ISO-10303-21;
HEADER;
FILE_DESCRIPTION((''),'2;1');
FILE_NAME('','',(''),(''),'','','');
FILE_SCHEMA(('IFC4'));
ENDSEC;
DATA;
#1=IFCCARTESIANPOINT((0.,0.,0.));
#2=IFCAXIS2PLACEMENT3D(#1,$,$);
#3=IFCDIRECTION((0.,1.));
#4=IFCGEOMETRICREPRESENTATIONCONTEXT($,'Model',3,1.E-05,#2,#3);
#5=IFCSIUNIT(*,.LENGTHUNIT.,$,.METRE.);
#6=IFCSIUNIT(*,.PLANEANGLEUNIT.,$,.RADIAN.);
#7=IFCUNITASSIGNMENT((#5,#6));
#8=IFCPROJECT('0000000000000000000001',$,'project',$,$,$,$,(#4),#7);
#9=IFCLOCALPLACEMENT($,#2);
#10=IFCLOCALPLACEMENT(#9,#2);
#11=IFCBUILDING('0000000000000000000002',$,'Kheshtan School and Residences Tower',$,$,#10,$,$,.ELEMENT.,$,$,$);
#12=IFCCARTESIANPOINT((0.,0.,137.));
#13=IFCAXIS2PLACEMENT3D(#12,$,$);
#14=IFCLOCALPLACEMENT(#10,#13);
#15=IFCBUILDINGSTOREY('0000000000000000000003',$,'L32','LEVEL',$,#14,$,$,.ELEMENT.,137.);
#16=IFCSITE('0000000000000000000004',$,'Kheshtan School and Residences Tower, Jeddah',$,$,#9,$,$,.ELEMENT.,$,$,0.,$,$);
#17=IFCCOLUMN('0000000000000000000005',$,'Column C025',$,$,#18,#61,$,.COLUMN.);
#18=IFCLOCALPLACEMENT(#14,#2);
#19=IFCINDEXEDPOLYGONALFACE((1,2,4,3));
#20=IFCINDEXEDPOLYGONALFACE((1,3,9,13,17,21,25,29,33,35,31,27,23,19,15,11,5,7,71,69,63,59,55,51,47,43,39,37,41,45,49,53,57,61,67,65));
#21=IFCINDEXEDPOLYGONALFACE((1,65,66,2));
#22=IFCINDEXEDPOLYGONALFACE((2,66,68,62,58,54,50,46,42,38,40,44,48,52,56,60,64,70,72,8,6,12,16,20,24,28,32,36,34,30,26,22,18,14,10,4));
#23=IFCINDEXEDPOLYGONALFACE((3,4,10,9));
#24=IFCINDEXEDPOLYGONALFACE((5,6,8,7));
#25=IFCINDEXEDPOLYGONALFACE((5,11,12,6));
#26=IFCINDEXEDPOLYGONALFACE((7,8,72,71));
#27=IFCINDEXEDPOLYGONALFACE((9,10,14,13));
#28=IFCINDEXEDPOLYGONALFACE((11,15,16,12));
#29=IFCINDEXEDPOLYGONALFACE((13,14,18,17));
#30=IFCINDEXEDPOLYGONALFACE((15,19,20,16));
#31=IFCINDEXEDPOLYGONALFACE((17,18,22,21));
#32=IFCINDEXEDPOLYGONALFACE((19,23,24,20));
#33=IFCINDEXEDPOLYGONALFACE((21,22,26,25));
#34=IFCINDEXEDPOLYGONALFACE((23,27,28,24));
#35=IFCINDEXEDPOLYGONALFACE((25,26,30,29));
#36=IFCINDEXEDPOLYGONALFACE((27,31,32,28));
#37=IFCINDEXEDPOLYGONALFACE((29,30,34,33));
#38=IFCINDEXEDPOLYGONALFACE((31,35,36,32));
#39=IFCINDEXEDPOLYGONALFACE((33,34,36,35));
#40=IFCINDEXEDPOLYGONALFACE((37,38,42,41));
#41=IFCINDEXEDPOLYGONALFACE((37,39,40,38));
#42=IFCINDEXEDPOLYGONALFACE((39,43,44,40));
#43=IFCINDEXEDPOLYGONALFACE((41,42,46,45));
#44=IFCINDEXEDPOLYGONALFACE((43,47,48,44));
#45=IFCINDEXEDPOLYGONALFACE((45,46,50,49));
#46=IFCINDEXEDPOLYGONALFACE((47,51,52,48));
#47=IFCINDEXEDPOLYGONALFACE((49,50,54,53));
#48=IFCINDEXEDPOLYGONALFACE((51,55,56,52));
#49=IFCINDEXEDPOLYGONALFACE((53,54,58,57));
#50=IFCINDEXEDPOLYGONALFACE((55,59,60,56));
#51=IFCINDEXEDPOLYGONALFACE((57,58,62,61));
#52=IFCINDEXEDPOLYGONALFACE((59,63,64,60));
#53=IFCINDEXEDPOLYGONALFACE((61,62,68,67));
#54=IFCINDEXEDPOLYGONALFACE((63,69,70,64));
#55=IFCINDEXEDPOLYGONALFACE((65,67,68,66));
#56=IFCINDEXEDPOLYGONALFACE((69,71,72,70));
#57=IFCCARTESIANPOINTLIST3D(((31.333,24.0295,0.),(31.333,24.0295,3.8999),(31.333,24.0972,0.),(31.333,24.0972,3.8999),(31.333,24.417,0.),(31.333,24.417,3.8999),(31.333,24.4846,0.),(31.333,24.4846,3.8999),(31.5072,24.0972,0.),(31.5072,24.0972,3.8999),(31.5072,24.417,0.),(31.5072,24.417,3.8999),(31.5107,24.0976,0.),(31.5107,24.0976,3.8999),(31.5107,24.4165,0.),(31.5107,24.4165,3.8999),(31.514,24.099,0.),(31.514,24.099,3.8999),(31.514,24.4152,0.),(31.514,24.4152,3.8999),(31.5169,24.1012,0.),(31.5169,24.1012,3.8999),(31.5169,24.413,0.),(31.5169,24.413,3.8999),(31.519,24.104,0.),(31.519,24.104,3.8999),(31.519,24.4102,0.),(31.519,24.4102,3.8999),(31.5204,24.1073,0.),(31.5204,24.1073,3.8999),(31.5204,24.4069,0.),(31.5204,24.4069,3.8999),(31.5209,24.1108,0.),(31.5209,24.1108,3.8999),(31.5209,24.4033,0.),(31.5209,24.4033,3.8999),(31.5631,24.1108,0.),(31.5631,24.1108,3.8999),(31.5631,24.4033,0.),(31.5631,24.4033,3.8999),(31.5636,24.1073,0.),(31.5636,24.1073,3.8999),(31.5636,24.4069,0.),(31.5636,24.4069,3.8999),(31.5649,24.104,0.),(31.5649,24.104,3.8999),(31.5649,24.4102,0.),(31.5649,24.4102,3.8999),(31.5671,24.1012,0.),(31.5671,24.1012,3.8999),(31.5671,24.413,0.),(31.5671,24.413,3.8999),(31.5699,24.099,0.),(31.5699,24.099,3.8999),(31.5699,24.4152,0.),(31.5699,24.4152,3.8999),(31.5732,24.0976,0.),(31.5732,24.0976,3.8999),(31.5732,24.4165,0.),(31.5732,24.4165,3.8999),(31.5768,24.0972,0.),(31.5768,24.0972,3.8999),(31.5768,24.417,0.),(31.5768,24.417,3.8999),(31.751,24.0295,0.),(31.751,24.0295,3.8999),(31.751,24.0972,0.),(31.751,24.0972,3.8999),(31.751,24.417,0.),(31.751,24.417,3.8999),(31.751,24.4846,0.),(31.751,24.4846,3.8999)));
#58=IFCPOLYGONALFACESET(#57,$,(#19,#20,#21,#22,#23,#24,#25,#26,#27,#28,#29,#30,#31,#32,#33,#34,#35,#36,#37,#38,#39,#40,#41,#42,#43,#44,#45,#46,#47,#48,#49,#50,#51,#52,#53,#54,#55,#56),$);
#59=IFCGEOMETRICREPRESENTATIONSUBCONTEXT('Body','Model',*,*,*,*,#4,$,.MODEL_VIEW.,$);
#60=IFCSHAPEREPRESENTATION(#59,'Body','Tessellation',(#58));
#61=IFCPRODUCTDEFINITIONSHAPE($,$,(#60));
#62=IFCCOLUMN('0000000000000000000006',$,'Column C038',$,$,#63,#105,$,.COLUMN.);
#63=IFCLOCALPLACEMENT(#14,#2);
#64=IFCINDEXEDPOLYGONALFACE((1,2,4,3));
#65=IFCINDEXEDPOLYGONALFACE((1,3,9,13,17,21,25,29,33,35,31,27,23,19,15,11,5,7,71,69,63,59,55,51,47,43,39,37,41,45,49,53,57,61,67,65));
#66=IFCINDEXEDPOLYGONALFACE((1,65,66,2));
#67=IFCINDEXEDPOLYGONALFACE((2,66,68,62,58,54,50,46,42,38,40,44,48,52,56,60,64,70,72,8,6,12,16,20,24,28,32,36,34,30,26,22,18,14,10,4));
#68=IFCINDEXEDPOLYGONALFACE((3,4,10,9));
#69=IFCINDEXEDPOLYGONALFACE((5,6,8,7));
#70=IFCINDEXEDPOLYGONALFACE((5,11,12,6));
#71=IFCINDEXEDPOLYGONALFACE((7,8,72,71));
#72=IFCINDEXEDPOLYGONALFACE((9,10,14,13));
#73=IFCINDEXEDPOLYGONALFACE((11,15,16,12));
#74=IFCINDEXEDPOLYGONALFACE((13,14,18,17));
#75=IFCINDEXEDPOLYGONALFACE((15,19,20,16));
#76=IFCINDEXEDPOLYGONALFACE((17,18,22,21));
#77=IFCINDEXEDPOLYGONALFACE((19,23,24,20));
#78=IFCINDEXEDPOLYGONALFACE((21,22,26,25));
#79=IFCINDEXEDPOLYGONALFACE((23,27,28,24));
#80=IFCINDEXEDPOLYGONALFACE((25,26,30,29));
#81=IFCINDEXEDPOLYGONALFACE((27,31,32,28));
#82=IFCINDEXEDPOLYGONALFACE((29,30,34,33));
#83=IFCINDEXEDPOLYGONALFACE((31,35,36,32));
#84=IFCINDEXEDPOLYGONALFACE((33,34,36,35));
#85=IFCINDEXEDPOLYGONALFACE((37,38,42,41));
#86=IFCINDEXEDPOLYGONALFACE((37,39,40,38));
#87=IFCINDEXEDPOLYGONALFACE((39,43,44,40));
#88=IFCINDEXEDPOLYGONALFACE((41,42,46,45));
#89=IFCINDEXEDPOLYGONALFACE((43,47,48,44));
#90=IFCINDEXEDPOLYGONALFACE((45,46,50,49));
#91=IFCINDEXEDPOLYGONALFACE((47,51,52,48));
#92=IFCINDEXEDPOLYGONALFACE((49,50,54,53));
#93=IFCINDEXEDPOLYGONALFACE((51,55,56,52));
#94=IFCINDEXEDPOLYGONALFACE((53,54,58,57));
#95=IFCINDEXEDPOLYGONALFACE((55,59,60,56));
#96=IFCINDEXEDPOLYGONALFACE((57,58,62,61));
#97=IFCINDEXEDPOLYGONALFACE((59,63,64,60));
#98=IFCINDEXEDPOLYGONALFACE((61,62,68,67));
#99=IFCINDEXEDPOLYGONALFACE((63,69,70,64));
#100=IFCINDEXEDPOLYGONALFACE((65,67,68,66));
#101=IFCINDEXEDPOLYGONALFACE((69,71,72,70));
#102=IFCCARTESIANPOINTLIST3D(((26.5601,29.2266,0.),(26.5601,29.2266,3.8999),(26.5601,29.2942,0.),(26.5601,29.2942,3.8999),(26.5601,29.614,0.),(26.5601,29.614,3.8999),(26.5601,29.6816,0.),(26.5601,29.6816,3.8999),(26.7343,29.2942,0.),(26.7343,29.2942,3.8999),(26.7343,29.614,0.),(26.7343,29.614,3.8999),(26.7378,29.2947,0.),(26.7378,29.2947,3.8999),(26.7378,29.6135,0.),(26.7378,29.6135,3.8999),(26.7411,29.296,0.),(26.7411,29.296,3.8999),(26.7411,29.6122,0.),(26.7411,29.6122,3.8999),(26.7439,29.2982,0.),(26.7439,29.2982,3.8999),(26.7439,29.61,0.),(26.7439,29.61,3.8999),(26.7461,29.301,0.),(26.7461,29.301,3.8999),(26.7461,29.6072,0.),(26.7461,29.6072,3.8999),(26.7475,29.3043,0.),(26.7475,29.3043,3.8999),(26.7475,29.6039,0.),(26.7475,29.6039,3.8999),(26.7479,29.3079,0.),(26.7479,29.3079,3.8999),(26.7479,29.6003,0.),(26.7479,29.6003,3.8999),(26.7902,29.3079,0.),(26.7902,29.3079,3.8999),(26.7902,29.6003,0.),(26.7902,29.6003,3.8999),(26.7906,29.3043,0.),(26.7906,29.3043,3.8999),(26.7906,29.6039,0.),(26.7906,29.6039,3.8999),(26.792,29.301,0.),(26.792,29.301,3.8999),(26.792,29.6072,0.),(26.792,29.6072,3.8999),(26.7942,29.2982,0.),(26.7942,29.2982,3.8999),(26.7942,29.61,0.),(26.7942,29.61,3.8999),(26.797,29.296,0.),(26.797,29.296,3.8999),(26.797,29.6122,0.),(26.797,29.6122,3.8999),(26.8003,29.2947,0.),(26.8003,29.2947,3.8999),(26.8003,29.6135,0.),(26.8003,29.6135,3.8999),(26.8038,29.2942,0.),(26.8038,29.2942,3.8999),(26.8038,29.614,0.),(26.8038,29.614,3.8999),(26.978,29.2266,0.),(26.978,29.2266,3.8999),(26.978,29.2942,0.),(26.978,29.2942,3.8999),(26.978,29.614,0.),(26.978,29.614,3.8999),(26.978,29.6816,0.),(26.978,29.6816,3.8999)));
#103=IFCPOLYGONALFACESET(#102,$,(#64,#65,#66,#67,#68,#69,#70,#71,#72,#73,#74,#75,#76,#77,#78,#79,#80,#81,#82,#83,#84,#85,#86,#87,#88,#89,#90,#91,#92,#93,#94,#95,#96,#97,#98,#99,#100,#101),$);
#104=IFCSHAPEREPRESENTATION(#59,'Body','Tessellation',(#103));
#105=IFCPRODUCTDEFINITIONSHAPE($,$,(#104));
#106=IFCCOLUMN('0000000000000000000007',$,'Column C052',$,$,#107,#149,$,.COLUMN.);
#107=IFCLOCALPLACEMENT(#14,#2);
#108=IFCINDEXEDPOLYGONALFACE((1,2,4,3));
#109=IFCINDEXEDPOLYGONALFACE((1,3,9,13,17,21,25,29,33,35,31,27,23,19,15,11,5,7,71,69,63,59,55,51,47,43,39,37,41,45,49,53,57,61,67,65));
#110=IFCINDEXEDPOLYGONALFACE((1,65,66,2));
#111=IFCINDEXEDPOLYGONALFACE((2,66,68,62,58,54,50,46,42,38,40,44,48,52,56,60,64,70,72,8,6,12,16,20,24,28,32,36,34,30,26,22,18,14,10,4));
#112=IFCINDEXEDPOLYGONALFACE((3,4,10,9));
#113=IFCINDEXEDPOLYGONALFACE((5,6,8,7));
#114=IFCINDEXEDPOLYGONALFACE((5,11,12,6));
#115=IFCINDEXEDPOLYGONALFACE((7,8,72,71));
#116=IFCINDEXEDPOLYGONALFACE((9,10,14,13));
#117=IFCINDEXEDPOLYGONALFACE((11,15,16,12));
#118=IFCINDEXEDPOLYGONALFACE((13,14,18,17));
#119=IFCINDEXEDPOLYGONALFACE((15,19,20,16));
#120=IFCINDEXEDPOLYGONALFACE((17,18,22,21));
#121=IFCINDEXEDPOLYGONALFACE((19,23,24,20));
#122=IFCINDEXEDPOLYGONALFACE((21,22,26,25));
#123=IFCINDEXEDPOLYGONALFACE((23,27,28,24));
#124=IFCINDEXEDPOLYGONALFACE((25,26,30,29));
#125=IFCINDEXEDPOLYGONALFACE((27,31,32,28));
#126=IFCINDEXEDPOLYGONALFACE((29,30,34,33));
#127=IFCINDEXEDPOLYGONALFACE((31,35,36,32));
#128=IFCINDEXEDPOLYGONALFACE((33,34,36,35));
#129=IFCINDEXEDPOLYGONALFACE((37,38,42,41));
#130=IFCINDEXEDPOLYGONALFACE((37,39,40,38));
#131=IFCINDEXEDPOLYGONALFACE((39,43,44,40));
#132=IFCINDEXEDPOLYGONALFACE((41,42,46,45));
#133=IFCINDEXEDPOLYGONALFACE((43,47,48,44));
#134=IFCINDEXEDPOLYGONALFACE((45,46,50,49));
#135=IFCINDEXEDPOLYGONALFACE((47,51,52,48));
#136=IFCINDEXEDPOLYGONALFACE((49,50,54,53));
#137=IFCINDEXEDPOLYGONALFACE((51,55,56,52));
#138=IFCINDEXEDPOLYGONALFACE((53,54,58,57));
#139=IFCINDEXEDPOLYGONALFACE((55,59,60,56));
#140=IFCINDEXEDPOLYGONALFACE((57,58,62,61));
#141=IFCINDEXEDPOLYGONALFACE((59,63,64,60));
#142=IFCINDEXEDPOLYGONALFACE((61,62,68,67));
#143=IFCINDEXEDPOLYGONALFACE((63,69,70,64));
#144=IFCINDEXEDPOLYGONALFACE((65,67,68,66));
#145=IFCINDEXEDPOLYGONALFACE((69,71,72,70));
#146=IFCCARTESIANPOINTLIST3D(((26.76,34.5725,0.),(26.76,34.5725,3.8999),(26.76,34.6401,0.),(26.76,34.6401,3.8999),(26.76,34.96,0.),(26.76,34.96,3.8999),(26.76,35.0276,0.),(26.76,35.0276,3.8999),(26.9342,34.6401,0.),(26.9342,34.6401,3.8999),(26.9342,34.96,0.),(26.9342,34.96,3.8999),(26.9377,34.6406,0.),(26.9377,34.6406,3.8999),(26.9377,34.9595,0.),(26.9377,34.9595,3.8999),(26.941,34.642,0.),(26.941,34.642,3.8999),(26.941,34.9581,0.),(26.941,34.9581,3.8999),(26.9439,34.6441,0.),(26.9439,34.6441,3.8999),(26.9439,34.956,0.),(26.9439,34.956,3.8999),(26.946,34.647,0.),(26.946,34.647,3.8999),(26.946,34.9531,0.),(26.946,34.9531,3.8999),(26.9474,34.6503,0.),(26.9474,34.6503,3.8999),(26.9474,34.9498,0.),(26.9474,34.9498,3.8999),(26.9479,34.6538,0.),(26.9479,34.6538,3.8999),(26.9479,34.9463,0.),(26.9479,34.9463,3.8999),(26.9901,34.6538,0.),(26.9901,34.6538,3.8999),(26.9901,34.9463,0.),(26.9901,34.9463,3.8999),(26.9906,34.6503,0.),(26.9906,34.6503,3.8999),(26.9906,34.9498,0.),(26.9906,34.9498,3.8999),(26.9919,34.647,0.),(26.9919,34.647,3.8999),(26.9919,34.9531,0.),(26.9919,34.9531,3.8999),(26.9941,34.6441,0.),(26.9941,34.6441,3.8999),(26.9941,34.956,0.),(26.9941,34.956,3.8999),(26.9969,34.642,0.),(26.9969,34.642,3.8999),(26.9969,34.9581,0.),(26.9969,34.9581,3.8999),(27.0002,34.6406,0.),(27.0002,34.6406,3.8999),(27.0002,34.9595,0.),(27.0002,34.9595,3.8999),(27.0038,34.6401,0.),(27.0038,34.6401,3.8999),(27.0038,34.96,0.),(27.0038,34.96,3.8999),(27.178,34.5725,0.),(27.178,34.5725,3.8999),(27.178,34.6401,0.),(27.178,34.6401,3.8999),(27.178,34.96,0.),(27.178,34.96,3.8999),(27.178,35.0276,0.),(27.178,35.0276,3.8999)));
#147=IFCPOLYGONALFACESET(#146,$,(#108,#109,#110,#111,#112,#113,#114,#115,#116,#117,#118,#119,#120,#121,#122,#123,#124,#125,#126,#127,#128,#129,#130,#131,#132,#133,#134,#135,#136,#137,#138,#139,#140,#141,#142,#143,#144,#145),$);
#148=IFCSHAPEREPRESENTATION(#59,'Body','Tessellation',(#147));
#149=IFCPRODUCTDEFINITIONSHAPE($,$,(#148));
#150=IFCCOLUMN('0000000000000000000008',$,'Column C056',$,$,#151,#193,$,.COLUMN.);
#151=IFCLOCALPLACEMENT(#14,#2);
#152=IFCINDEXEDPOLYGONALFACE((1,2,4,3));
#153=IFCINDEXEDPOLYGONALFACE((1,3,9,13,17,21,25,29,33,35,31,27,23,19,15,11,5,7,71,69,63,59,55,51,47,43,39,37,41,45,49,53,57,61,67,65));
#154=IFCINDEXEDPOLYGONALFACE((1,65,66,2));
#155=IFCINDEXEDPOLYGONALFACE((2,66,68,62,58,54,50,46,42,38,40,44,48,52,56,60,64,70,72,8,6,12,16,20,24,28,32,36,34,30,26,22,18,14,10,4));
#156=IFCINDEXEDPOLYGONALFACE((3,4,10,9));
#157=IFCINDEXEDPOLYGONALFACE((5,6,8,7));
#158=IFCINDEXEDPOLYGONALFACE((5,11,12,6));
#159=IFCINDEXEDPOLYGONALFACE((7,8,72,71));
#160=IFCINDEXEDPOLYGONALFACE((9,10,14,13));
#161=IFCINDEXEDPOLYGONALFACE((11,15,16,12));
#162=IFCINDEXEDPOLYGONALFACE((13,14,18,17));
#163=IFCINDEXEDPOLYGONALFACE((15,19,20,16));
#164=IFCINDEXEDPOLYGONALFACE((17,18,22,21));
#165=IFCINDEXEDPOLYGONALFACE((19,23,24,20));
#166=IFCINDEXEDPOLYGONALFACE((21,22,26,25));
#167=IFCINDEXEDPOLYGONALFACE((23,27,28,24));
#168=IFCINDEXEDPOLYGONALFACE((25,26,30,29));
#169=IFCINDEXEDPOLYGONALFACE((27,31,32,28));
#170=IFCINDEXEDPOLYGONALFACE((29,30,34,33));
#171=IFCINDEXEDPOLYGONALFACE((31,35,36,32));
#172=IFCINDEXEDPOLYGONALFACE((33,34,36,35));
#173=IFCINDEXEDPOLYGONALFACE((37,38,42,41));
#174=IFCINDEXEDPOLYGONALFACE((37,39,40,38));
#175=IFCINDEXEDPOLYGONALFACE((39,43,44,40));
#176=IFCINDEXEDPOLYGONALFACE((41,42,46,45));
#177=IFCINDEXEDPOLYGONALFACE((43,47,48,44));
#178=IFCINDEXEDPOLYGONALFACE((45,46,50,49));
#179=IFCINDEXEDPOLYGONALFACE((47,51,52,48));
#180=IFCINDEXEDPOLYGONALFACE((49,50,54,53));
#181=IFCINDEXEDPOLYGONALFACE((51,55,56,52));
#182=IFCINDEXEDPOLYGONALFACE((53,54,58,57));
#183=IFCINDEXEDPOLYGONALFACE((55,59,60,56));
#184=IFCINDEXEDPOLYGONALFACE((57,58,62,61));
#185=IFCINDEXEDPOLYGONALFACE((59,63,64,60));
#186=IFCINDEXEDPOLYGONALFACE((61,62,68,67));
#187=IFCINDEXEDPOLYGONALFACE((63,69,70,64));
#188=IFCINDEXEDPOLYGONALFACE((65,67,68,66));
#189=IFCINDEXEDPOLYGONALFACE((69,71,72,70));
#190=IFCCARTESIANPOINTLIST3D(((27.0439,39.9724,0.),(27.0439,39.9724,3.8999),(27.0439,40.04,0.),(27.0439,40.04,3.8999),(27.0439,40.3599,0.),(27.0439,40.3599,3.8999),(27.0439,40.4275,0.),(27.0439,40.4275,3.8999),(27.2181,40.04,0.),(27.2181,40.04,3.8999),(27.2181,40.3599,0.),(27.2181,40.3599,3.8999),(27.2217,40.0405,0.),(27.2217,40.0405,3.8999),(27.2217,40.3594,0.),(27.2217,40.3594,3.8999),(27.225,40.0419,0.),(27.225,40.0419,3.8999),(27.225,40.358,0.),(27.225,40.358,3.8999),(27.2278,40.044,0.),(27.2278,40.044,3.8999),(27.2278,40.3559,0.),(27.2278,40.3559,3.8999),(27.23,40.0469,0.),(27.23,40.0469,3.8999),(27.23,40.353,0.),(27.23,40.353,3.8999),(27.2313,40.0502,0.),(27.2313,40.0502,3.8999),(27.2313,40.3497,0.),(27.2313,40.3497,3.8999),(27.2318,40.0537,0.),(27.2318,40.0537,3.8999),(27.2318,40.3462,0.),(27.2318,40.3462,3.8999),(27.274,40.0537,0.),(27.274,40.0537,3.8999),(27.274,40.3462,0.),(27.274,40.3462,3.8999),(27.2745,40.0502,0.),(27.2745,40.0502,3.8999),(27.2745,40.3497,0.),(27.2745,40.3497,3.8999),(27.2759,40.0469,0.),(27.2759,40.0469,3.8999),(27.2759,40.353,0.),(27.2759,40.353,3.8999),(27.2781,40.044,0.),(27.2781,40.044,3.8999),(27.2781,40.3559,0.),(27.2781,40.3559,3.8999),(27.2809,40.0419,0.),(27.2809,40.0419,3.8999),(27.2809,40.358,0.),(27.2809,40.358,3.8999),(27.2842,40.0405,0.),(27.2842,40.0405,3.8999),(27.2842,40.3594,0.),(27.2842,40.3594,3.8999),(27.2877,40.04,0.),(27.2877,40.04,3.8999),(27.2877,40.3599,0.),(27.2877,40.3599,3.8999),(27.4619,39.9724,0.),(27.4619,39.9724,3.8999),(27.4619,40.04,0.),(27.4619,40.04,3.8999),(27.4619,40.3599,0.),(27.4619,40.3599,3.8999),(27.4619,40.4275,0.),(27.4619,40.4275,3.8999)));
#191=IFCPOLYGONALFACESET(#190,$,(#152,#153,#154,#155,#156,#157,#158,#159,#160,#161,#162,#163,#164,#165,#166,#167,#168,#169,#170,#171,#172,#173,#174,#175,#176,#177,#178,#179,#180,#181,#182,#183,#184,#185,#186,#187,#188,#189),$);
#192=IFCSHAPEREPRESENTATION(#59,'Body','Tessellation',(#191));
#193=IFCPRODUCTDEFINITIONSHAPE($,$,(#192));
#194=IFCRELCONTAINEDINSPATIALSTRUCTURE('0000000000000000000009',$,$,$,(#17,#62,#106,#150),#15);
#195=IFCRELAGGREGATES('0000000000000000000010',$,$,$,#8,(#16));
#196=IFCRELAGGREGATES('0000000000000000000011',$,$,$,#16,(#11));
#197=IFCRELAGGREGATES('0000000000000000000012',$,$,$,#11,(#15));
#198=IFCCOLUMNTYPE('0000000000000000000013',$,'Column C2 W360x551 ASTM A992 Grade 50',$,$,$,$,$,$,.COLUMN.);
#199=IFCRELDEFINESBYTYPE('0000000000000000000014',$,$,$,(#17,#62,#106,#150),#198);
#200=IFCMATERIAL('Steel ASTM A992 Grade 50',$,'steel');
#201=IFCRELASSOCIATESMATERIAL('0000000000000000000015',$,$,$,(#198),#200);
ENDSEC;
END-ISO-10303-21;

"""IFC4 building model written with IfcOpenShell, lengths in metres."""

from ifc_helpers import new_model, si_unit, direction, frame, origin, origin_2d, place, context, subcontext, project, spatial, i_section, extrude, material, material_profile, profile_set, type_object, element, save


model = new_model("IFC4")

# Units and contexts
model_context = context("Model", 3, precision=1e-05, world=origin(), true_north=direction((0.0, 1.0)))
body_context = subcontext(model_context, "Body", "Model", "MODEL_VIEW")
ifc_project = project(units=[si_unit("LENGTHUNIT", "METRE"), si_unit("PLANEANGLEUNIT", "RADIAN")], contexts=[model_context])

# Site, building, storey
site_placement = place(None, origin())
site = spatial("IfcSite", under=ifc_project, at=site_placement, Name="Kheshtan School and Residences Tower, Jeddah", CompositionType="ELEMENT", RefElevation=0.0)
building_placement = place(site_placement, origin())
building = spatial("IfcBuilding", under=site, at=building_placement, Name="Kheshtan School and Residences Tower", CompositionType="ELEMENT")
storey_placement = place(building_placement, frame((0.0, 0.0, 137.0)))
storey = spatial("IfcBuildingStorey", under=building, at=storey_placement, Name="L32", Description="LEVEL", CompositionType="ELEMENT", Elevation=137.0)

# Columns
ifc_material_1 = material(Name="Steel ASTM A992 Grade 50", Category="steel")
ifc_material_profile_1 = material_profile(ifc_material_1, i_section(OverallWidth=0.418, OverallDepth=0.4551, WebThickness=0.0422, FlangeThickness=0.0676, FilletRadius=0.0137, at=origin_2d()), Name="W360x551")
ifc_profile_set_1 = profile_set([ifc_material_profile_1], Name="Steel ASTM A992 Grade 50")
column_type = type_object("IfcColumnType", Name="Column C2 W360x551 ASTM A992 Grade 50", PredefinedType="COLUMN", material=ifc_profile_set_1)
for number, where, z_axis, x_axis, name in (
    (1, (31.542, 24.2571, 0.0), (0.0, 0.0, 1.0), (1.0, 0.0, 0.0), "Column C025"),
    (2, (26.769, 29.4541, 0.0), (0.0, 0.0, 1.0), (1.0, 0.0, 0.0), "Column C038"),
    (3, (26.969, 34.8, 0.0), (0.0, 0.0, 1.0), (1.0, 0.0, 0.0), "Column C052"),
    (4, (27.2529, 40.2, 0.0), (0.0, 0.0, 1.0), (1.0, 0.0, 0.0), "Column C056"),
):
    element("IfcColumn", number, at=place(storey_placement, frame(where, z_axis=z_axis, x_axis=x_axis)), inside=storey, type_object=column_type, Name=name, PredefinedType="COLUMN", context=body_context, shape_type="SweptSolid", body=[
        extrude(i_section(OverallWidth=0.418, OverallDepth=0.4551, WebThickness=0.0422, FlangeThickness=0.0676, FilletRadius=0.0137, at=origin_2d()), origin(), (0.0, 0.0, 1.0), 3.8999),
    ])

save(model, "model.ifc")
